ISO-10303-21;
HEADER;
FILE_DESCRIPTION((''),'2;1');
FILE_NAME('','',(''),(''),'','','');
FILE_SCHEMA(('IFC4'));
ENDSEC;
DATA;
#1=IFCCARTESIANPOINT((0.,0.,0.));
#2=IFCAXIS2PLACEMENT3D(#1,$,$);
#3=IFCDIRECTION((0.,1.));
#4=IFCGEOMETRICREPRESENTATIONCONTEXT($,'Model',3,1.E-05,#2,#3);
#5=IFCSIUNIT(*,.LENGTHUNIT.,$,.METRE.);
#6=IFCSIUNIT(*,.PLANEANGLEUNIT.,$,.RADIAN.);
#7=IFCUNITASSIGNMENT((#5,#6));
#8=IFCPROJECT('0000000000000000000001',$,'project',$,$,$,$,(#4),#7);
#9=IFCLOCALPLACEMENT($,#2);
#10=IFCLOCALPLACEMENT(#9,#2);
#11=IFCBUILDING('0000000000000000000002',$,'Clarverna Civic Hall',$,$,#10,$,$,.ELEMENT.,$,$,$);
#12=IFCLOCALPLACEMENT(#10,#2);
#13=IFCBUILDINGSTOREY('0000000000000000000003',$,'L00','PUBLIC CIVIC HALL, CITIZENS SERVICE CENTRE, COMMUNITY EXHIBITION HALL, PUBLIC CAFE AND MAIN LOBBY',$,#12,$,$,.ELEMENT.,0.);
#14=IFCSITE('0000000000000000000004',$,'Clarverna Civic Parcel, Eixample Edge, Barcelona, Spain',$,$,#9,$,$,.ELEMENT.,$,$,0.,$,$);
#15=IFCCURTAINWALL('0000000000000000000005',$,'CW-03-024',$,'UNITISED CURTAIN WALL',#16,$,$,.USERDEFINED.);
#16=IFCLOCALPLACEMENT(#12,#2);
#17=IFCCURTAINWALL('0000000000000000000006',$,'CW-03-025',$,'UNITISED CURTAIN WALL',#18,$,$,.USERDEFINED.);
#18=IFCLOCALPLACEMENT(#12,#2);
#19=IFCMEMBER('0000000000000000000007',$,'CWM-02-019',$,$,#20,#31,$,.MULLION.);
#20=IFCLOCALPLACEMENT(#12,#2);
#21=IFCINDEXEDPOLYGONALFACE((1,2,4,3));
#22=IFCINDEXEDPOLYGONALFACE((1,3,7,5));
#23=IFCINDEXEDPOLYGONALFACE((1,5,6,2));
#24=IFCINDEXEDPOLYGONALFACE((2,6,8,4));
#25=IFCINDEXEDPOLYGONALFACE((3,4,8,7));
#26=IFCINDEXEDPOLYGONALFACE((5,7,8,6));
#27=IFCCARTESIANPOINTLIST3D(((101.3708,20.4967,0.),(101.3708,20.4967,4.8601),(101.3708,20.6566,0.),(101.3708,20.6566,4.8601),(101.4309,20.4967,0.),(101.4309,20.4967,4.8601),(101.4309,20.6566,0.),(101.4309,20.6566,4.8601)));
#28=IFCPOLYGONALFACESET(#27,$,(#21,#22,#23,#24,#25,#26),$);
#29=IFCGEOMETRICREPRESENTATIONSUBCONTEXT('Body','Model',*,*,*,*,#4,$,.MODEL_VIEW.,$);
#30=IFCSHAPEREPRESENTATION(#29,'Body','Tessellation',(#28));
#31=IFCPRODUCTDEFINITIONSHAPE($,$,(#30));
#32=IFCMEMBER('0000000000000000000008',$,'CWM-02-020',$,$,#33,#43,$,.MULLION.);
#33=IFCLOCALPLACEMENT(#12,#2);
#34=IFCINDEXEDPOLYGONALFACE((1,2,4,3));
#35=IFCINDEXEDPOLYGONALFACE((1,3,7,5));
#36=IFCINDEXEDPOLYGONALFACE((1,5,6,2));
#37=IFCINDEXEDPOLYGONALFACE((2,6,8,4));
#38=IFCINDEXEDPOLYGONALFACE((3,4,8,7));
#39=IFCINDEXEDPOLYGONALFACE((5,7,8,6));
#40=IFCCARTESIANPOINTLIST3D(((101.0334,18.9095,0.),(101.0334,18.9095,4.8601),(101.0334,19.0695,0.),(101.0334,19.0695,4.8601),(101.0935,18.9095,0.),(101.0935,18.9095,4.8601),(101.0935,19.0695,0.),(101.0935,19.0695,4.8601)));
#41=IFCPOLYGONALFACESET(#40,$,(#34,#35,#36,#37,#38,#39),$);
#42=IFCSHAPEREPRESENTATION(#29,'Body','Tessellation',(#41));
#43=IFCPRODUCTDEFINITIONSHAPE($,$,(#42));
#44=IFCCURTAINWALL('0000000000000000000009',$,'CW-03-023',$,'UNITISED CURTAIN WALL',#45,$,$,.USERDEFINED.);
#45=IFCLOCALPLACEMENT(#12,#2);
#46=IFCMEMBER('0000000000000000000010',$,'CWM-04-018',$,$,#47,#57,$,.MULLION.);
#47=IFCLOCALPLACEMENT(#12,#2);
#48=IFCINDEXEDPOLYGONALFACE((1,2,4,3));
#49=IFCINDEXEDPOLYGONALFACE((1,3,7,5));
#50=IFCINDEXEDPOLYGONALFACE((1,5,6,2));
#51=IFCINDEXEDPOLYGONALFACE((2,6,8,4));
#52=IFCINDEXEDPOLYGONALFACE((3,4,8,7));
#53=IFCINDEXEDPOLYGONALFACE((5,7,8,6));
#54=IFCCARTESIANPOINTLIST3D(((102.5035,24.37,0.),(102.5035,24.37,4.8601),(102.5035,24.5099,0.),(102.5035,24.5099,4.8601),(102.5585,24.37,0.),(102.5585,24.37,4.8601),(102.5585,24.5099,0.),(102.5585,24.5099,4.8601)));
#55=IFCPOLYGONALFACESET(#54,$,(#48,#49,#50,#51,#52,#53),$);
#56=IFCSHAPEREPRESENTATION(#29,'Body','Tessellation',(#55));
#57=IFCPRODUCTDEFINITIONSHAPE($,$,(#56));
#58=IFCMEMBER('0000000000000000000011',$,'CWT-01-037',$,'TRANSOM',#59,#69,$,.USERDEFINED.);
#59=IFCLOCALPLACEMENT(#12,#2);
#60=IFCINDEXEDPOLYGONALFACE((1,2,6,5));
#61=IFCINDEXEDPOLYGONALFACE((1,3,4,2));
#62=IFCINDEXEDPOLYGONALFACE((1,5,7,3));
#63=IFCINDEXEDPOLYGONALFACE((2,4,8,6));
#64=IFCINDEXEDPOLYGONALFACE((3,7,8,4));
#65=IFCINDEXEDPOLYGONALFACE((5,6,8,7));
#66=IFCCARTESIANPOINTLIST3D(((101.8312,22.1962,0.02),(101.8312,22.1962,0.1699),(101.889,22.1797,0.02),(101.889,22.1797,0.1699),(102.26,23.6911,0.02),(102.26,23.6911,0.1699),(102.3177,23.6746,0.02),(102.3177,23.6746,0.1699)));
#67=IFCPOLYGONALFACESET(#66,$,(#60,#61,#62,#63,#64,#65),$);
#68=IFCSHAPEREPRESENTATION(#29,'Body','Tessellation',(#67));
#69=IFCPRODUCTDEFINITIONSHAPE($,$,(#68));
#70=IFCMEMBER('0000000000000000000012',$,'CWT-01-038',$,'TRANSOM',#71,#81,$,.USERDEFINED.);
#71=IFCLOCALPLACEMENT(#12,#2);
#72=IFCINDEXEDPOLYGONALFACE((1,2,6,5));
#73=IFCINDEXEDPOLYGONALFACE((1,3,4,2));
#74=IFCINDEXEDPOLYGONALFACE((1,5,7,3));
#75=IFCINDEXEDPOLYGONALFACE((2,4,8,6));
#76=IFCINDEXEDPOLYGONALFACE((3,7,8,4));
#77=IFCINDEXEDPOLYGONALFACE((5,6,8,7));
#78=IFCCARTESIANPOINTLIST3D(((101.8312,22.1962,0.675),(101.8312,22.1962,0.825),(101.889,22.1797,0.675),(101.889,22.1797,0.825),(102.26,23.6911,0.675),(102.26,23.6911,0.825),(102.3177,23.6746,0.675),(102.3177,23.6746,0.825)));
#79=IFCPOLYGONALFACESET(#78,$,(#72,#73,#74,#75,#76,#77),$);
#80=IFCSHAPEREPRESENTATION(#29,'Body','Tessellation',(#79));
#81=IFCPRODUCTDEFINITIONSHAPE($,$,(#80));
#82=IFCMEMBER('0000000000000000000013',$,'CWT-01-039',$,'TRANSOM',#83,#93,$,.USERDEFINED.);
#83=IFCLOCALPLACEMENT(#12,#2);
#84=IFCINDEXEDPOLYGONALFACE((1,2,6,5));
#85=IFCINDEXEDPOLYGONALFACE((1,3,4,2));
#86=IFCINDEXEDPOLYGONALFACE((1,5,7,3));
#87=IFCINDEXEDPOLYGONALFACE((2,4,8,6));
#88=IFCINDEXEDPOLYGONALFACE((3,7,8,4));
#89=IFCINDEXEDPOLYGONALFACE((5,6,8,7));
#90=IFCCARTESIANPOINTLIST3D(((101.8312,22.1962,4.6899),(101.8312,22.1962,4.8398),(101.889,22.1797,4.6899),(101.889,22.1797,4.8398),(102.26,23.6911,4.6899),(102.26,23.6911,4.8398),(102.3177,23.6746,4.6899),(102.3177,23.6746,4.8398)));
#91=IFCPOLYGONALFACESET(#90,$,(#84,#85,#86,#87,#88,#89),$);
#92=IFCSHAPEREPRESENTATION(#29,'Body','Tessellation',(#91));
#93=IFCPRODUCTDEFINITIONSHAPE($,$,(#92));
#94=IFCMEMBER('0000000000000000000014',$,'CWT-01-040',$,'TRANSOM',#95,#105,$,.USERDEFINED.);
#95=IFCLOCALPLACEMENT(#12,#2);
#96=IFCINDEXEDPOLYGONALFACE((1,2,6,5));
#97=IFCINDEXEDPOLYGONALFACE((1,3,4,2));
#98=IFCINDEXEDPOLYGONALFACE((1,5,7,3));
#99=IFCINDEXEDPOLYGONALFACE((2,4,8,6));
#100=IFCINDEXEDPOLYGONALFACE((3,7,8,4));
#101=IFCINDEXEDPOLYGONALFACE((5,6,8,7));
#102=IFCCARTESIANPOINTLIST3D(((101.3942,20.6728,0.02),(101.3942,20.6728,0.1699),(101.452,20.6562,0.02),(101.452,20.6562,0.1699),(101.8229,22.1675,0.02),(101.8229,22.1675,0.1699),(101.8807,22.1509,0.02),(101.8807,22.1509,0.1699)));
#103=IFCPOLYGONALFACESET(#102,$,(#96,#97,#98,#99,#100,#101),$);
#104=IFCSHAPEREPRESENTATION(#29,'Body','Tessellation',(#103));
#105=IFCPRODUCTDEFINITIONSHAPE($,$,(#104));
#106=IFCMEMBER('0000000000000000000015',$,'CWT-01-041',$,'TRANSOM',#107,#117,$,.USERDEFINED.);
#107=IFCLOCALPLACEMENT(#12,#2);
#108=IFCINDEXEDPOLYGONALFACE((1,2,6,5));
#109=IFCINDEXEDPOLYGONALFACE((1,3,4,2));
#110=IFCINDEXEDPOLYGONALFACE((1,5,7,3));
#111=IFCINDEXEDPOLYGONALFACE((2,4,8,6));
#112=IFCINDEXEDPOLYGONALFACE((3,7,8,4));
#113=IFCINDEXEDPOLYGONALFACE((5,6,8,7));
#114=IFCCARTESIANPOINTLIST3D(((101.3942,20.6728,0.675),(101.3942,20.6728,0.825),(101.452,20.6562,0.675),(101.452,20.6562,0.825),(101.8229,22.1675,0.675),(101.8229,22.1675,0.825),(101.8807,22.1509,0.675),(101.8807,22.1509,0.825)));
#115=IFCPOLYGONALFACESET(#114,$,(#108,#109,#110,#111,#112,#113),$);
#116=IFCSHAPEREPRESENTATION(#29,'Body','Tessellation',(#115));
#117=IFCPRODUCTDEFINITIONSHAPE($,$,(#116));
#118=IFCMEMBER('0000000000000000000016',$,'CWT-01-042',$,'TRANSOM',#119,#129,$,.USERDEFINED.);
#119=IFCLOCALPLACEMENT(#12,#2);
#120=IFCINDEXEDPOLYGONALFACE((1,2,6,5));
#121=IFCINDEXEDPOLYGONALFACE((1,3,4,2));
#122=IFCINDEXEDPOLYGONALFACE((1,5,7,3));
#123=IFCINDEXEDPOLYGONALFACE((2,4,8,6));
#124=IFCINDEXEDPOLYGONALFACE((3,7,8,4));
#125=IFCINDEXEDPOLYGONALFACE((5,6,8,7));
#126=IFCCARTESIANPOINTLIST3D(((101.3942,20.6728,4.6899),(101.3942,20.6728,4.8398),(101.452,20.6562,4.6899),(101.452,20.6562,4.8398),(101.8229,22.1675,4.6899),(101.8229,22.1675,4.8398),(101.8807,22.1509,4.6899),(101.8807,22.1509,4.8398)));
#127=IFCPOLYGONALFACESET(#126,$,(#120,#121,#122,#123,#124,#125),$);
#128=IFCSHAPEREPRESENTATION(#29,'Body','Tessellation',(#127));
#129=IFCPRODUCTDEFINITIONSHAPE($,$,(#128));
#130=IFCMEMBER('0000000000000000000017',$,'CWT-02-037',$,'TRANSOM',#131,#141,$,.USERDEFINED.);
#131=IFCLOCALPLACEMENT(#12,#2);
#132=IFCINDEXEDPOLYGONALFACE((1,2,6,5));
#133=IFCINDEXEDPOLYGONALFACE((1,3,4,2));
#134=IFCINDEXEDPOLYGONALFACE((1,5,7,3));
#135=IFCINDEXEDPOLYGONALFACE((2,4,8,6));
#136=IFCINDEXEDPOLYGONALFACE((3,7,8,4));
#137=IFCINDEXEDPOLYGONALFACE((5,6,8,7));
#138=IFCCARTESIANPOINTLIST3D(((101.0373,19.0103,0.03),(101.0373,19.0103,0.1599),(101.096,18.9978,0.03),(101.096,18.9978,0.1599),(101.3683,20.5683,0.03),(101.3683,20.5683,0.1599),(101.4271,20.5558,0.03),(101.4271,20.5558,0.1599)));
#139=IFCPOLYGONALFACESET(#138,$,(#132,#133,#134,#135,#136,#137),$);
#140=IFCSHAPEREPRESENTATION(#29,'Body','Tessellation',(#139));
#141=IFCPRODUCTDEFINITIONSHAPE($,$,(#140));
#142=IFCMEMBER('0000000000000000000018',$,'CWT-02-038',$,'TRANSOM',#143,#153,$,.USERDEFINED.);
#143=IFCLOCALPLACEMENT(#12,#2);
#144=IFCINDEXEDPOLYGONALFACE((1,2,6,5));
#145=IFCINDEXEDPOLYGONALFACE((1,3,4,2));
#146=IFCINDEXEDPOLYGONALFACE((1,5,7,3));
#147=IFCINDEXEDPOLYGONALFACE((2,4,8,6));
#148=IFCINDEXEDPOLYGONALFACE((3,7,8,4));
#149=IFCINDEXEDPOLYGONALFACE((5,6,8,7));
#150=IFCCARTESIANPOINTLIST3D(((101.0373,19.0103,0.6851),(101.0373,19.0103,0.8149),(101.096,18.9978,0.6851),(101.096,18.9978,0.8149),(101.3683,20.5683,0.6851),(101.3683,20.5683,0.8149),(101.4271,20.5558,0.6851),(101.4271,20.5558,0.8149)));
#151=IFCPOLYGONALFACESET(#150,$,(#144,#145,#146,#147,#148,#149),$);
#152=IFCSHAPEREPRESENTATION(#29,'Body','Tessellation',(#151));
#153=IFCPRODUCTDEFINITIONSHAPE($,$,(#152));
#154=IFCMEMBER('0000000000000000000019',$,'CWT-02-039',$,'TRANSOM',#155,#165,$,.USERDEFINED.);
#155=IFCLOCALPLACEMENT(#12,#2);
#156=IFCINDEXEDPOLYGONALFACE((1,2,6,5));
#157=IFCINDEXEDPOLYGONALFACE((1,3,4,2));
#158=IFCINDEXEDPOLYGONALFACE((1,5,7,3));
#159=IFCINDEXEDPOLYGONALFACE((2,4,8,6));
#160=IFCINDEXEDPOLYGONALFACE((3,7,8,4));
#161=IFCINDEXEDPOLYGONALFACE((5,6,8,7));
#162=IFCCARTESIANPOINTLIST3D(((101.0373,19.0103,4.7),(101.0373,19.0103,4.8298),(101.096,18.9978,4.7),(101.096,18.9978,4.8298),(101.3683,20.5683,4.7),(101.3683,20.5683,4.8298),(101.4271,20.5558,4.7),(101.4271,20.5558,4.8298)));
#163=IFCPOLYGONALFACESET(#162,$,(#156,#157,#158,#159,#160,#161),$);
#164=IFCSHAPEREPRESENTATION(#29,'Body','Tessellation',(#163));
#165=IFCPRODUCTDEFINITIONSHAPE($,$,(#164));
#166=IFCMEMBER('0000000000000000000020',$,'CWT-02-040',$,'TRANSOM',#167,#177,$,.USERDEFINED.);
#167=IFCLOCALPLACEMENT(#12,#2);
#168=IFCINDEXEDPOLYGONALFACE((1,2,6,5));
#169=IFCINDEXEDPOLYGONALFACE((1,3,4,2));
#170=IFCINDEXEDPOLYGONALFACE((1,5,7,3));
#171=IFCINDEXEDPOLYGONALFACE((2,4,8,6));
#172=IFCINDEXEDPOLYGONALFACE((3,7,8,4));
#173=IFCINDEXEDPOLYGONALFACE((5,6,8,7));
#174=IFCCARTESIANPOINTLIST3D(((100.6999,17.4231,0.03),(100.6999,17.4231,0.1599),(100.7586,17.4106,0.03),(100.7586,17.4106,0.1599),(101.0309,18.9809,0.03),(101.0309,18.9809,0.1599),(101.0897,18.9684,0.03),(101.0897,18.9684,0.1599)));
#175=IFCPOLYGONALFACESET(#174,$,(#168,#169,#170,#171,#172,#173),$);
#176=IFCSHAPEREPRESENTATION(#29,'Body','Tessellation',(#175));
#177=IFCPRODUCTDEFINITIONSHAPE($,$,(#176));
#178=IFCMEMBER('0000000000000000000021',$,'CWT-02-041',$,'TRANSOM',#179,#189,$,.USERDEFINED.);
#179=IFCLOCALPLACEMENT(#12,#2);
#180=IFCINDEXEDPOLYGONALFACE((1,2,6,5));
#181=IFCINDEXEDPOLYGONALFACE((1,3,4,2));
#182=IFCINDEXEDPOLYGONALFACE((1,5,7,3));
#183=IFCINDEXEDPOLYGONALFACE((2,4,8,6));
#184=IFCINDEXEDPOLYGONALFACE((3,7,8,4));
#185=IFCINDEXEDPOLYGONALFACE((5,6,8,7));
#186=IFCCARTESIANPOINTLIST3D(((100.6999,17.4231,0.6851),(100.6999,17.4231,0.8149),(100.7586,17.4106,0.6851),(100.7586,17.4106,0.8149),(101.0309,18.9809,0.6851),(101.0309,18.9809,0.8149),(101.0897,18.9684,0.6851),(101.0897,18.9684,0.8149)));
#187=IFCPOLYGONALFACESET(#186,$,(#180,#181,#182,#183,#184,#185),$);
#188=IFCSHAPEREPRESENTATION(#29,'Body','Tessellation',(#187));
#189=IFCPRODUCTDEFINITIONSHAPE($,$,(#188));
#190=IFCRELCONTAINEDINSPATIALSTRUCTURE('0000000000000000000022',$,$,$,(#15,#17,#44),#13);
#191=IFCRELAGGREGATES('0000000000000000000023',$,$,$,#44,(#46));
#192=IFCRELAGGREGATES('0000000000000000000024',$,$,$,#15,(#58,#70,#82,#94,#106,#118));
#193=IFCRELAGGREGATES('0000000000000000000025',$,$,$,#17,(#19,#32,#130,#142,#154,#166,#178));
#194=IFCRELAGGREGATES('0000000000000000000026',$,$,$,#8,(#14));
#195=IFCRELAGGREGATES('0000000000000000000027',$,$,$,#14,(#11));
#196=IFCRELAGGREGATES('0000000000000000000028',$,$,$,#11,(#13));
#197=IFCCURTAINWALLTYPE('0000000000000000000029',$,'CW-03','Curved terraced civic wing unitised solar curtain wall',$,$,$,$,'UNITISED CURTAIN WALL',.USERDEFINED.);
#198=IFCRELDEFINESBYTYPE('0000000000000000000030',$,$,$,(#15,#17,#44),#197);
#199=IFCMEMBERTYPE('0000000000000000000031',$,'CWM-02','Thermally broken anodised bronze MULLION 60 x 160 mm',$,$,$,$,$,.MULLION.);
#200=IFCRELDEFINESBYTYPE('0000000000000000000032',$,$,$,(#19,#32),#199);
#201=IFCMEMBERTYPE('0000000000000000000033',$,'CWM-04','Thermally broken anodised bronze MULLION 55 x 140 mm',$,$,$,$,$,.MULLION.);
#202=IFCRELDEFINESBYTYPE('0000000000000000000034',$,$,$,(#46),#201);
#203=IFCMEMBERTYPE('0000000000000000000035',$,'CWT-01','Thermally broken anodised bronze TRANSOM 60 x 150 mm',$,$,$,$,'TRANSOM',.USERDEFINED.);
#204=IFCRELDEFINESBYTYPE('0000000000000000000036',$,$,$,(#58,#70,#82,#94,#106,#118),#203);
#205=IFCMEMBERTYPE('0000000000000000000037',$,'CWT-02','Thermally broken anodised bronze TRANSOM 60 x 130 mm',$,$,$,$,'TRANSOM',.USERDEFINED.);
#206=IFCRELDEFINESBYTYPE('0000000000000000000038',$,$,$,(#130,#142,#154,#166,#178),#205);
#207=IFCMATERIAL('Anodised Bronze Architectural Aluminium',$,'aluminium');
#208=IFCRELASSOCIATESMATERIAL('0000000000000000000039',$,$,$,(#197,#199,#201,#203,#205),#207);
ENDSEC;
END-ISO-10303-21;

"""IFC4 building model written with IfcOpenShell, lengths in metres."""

from ifc_helpers import new_model, si_unit, direction, frame, origin, origin_2d, place, context, subcontext, project, spatial, rectangle, extrude, material, material_profile, profile_set, type_object, element, aggregate, save


model = new_model("IFC4")

# Units and contexts
model_context = context("Model", 3, precision=1e-05, world=origin(), true_north=direction((0.0, 1.0)))
body_context = subcontext(model_context, "Body", "Model", "MODEL_VIEW")
ifc_project = project(units=[si_unit("LENGTHUNIT", "METRE"), si_unit("PLANEANGLEUNIT", "RADIAN")], contexts=[model_context])

# Site, building, storey
site_placement = place(None, origin())
site = spatial("IfcSite", under=ifc_project, at=site_placement, Name="Clarverna Civic Parcel, Eixample Edge, Barcelona, Spain", CompositionType="ELEMENT", RefElevation=0.0)
building_placement = place(site_placement, origin())
building = spatial("IfcBuilding", under=site, at=building_placement, Name="Clarverna Civic Hall", CompositionType="ELEMENT")
storey_placement = place(building_placement, origin())
storey = spatial("IfcBuildingStorey", under=building, at=storey_placement, Name="L00", Description="PUBLIC CIVIC HALL, CITIZENS SERVICE CENTRE, COMMUNITY EXHIBITION HALL, PUBLIC CAFE AND MAIN LOBBY", CompositionType="ELEMENT", Elevation=0.0)

# Curtain walls, members
ifc_material_1 = material(Name="Anodised Bronze Architectural Aluminium", Category="aluminium")
curtain_wall_type = type_object("IfcCurtainWallType", Name="CW-03", Description="Curved terraced civic wing unitised solar curtain wall", ElementType="UNITISED CURTAIN WALL", PredefinedType="USERDEFINED", material=ifc_material_1)
curtain_wall_1_placement = place(storey_placement, origin())
curtain_wall_1 = element("IfcCurtainWall", 1, at=curtain_wall_1_placement, inside=storey, type_object=curtain_wall_type, Name="CW-03-024", ObjectType="UNITISED CURTAIN WALL", PredefinedType="USERDEFINED")
curtain_wall_2_placement = place(storey_placement, origin())
curtain_wall_2 = element("IfcCurtainWall", 2, at=curtain_wall_2_placement, inside=storey, type_object=curtain_wall_type, Name="CW-03-025", ObjectType="UNITISED CURTAIN WALL", PredefinedType="USERDEFINED")
ifc_material_profile_1 = material_profile(ifc_material_1, rectangle(XDim=0.0601, YDim=0.1599, at=origin_2d()), Name="BRONZE 60x160")
ifc_profile_set_1 = profile_set([ifc_material_profile_1], Name="Anodised Bronze Architectural Aluminium")
member_type_1 = type_object("IfcMemberType", Name="CWM-02", Description="Thermally broken anodised bronze MULLION 60 x 160 mm", PredefinedType="MULLION", material=ifc_profile_set_1)
member_1_placement = place(storey_placement, frame((101.4009, 20.5767, 0.0), z_axis=(0.0, 0.0, 1.0), x_axis=(1.0, 0.0, 0.0)))
member_1 = element("IfcMember", 3, at=member_1_placement, type_object=member_type_1, Name="CWM-02-019", PredefinedType="MULLION", context=body_context, shape_type="SweptSolid", body=[
    extrude(rectangle(XDim=0.0601, YDim=0.1599, at=origin_2d()), origin(), (0.0, 0.0, 1.0), 4.8601),
])
member_2_placement = place(storey_placement, frame((101.0635, 18.9895, 0.0), z_axis=(0.0, 0.0, 1.0), x_axis=(1.0, 0.0, 0.0)))
member_2 = element("IfcMember", 4, at=member_2_placement, type_object=member_type_1, Name="CWM-02-020", PredefinedType="MULLION", context=body_context, shape_type="SweptSolid", body=[
    extrude(rectangle(XDim=0.0601, YDim=0.1599, at=origin_2d()), origin(), (0.0, 0.0, 1.0), 4.8601),
])

# Curtain wall, member
curtain_wall_3_placement = place(storey_placement, origin())
curtain_wall_3 = element("IfcCurtainWall", 5, at=curtain_wall_3_placement, inside=storey, type_object=curtain_wall_type, Name="CW-03-023", ObjectType="UNITISED CURTAIN WALL", PredefinedType="USERDEFINED")
ifc_material_profile_2 = material_profile(ifc_material_1, rectangle(XDim=0.0549, YDim=0.1399, at=origin_2d()), Name="BRONZE 55x140")
ifc_profile_set_2 = profile_set([ifc_material_profile_2], Name="Anodised Bronze Architectural Aluminium")
member_type_2 = type_object("IfcMemberType", Name="CWM-04", Description="Thermally broken anodised bronze MULLION 55 x 140 mm", PredefinedType="MULLION", material=ifc_profile_set_2)
member_3_placement = place(storey_placement, frame((102.531, 24.4399, 0.0), z_axis=(0.0, 0.0, 1.0), x_axis=(1.0, 0.0, 0.0)))
member_3 = element("IfcMember", 6, at=member_3_placement, type_object=member_type_2, Name="CWM-04-018", PredefinedType="MULLION", context=body_context, shape_type="SweptSolid", body=[
    extrude(rectangle(XDim=0.0549, YDim=0.1399, at=origin_2d()), origin(), (0.0, 0.0, 1.0), 4.8601),
])
aggregate(curtain_wall_3, [member_3])

# Members
ifc_material_profile_3 = material_profile(ifc_material_1, rectangle(XDim=0.0601, YDim=0.1499, at=origin_2d()), Name="BRONZE 60x150")
ifc_profile_set_3 = profile_set([ifc_material_profile_3], Name="Anodised Bronze Architectural Aluminium")
member_type_3 = type_object("IfcMemberType", Name="CWT-01", Description="Thermally broken anodised bronze TRANSOM 60 x 150 mm", ElementType="TRANSOM", PredefinedType="USERDEFINED", material=ifc_profile_set_3)
member_4_placement = place(storey_placement, frame((102.2888, 23.6829, 0.095), z_axis=(-0.275675, -0.961251, 0.0), x_axis=(0.961251, -0.275675, 0.0)))
member_4 = element("IfcMember", 7, at=member_4_placement, type_object=member_type_3, Name="CWT-01-037", ObjectType="TRANSOM", PredefinedType="USERDEFINED", context=body_context, shape_type="SweptSolid", body=[
    extrude(rectangle(XDim=0.0601, YDim=0.1499, at=origin_2d()), origin(), (0.0, 0.0, 1.0), 1.5552),
])
member_5_placement = place(storey_placement, frame((102.2888, 23.6829, 0.75), z_axis=(-0.275675, -0.961251, 0.0), x_axis=(0.961251, -0.275675, 0.0)))
member_5 = element("IfcMember", 8, at=member_5_placement, type_object=member_type_3, Name="CWT-01-038", ObjectType="TRANSOM", PredefinedType="USERDEFINED", context=body_context, shape_type="SweptSolid", body=[
    extrude(rectangle(XDim=0.0601, YDim=0.1499, at=origin_2d()), origin(), (0.0, 0.0, 1.0), 1.5552),
])
member_6_placement = place(storey_placement, frame((102.2888, 23.6829, 4.7649), z_axis=(-0.275675, -0.961251, 0.0), x_axis=(0.961251, -0.275675, 0.0)))
member_6 = element("IfcMember", 9, at=member_6_placement, type_object=member_type_3, Name="CWT-01-039", ObjectType="TRANSOM", PredefinedType="USERDEFINED", context=body_context, shape_type="SweptSolid", body=[
    extrude(rectangle(XDim=0.0601, YDim=0.1499, at=origin_2d()), origin(), (0.0, 0.0, 1.0), 1.5552),
])
member_7_placement = place(storey_placement, frame((101.8518, 22.1592, 0.095), z_axis=(-0.275716, -0.961239, 0.0), x_axis=(0.961239, -0.275716, 0.0)))
member_7 = element("IfcMember", 10, at=member_7_placement, type_object=member_type_3, Name="CWT-01-040", ObjectType="TRANSOM", PredefinedType="USERDEFINED", context=body_context, shape_type="SweptSolid", body=[
    extrude(rectangle(XDim=0.0601, YDim=0.1499, at=origin_2d()), origin(), (0.0, 0.0, 1.0), 1.5549),
])
member_8_placement = place(storey_placement, frame((101.8518, 22.1592, 0.75), z_axis=(-0.275716, -0.961239, 0.0), x_axis=(0.961239, -0.275716, 0.0)))
member_8 = element("IfcMember", 11, at=member_8_placement, type_object=member_type_3, Name="CWT-01-041", ObjectType="TRANSOM", PredefinedType="USERDEFINED", context=body_context, shape_type="SweptSolid", body=[
    extrude(rectangle(XDim=0.0601, YDim=0.1499, at=origin_2d()), origin(), (0.0, 0.0, 1.0), 1.5549),
])
member_9_placement = place(storey_placement, frame((101.8518, 22.1592, 4.7649), z_axis=(-0.275716, -0.961239, 0.0), x_axis=(0.961239, -0.275716, 0.0)))
member_9 = element("IfcMember", 12, at=member_9_placement, type_object=member_type_3, Name="CWT-01-042", ObjectType="TRANSOM", PredefinedType="USERDEFINED", context=body_context, shape_type="SweptSolid", body=[
    extrude(rectangle(XDim=0.0601, YDim=0.1499, at=origin_2d()), origin(), (0.0, 0.0, 1.0), 1.5549),
])
ifc_material_profile_4 = material_profile(ifc_material_1, rectangle(XDim=0.0601, YDim=0.1299, at=origin_2d()), Name="BRONZE 60x130")
ifc_profile_set_4 = profile_set([ifc_material_profile_4], Name="Anodised Bronze Architectural Aluminium")
member_type_4 = type_object("IfcMemberType", Name="CWT-02", Description="Thermally broken anodised bronze TRANSOM 60 x 130 mm", ElementType="TRANSOM", PredefinedType="USERDEFINED", material=ifc_profile_set_4)
member_10_placement = place(storey_placement, frame((101.3977, 20.562, 0.095), z_axis=(-0.207833, -0.978164, 0.0), x_axis=(0.978164, -0.207833, 0.0)))
member_10 = element("IfcMember", 13, at=member_10_placement, type_object=member_type_4, Name="CWT-02-037", ObjectType="TRANSOM", PredefinedType="USERDEFINED", context=body_context, shape_type="SweptSolid", body=[
    extrude(rectangle(XDim=0.0601, YDim=0.1299, at=origin_2d()), origin(), (0.0, 0.0, 1.0), 1.5928),
])
member_11_placement = place(storey_placement, frame((101.3977, 20.562, 0.75), z_axis=(-0.207833, -0.978164, 0.0), x_axis=(0.978164, -0.207833, 0.0)))
member_11 = element("IfcMember", 14, at=member_11_placement, type_object=member_type_4, Name="CWT-02-038", ObjectType="TRANSOM", PredefinedType="USERDEFINED", context=body_context, shape_type="SweptSolid", body=[
    extrude(rectangle(XDim=0.0601, YDim=0.1299, at=origin_2d()), origin(), (0.0, 0.0, 1.0), 1.5928),
])
member_12_placement = place(storey_placement, frame((101.3977, 20.562, 4.7649), z_axis=(-0.207833, -0.978164, 0.0), x_axis=(0.978164, -0.207833, 0.0)))
member_12 = element("IfcMember", 15, at=member_12_placement, type_object=member_type_4, Name="CWT-02-039", ObjectType="TRANSOM", PredefinedType="USERDEFINED", context=body_context, shape_type="SweptSolid", body=[
    extrude(rectangle(XDim=0.0601, YDim=0.1299, at=origin_2d()), origin(), (0.0, 0.0, 1.0), 1.5928),
])
member_13_placement = place(storey_placement, frame((101.0603, 18.9746, 0.095), z_axis=(-0.207864, -0.978158, 0.0), x_axis=(0.978158, -0.207864, 0.0)))
member_13 = element("IfcMember", 16, at=member_13_placement, type_object=member_type_4, Name="CWT-02-040", ObjectType="TRANSOM", PredefinedType="USERDEFINED", context=body_context, shape_type="SweptSolid", body=[
    extrude(rectangle(XDim=0.0601, YDim=0.1299, at=origin_2d()), origin(), (0.0, 0.0, 1.0), 1.5925),
])
member_14_placement = place(storey_placement, frame((101.0603, 18.9746, 0.75), z_axis=(-0.207864, -0.978158, 0.0), x_axis=(0.978158, -0.207864, 0.0)))
member_14 = element("IfcMember", 17, at=member_14_placement, type_object=member_type_4, Name="CWT-02-041", ObjectType="TRANSOM", PredefinedType="USERDEFINED", context=body_context, shape_type="SweptSolid", body=[
    extrude(rectangle(XDim=0.0601, YDim=0.1299, at=origin_2d()), origin(), (0.0, 0.0, 1.0), 1.5925),
])

aggregate(curtain_wall_1, [member_4, member_5, member_6, member_7, member_8, member_9])
aggregate(curtain_wall_2, [member_1, member_2, member_10, member_11, member_12, member_13, member_14])

save(model, "model.ifc")
